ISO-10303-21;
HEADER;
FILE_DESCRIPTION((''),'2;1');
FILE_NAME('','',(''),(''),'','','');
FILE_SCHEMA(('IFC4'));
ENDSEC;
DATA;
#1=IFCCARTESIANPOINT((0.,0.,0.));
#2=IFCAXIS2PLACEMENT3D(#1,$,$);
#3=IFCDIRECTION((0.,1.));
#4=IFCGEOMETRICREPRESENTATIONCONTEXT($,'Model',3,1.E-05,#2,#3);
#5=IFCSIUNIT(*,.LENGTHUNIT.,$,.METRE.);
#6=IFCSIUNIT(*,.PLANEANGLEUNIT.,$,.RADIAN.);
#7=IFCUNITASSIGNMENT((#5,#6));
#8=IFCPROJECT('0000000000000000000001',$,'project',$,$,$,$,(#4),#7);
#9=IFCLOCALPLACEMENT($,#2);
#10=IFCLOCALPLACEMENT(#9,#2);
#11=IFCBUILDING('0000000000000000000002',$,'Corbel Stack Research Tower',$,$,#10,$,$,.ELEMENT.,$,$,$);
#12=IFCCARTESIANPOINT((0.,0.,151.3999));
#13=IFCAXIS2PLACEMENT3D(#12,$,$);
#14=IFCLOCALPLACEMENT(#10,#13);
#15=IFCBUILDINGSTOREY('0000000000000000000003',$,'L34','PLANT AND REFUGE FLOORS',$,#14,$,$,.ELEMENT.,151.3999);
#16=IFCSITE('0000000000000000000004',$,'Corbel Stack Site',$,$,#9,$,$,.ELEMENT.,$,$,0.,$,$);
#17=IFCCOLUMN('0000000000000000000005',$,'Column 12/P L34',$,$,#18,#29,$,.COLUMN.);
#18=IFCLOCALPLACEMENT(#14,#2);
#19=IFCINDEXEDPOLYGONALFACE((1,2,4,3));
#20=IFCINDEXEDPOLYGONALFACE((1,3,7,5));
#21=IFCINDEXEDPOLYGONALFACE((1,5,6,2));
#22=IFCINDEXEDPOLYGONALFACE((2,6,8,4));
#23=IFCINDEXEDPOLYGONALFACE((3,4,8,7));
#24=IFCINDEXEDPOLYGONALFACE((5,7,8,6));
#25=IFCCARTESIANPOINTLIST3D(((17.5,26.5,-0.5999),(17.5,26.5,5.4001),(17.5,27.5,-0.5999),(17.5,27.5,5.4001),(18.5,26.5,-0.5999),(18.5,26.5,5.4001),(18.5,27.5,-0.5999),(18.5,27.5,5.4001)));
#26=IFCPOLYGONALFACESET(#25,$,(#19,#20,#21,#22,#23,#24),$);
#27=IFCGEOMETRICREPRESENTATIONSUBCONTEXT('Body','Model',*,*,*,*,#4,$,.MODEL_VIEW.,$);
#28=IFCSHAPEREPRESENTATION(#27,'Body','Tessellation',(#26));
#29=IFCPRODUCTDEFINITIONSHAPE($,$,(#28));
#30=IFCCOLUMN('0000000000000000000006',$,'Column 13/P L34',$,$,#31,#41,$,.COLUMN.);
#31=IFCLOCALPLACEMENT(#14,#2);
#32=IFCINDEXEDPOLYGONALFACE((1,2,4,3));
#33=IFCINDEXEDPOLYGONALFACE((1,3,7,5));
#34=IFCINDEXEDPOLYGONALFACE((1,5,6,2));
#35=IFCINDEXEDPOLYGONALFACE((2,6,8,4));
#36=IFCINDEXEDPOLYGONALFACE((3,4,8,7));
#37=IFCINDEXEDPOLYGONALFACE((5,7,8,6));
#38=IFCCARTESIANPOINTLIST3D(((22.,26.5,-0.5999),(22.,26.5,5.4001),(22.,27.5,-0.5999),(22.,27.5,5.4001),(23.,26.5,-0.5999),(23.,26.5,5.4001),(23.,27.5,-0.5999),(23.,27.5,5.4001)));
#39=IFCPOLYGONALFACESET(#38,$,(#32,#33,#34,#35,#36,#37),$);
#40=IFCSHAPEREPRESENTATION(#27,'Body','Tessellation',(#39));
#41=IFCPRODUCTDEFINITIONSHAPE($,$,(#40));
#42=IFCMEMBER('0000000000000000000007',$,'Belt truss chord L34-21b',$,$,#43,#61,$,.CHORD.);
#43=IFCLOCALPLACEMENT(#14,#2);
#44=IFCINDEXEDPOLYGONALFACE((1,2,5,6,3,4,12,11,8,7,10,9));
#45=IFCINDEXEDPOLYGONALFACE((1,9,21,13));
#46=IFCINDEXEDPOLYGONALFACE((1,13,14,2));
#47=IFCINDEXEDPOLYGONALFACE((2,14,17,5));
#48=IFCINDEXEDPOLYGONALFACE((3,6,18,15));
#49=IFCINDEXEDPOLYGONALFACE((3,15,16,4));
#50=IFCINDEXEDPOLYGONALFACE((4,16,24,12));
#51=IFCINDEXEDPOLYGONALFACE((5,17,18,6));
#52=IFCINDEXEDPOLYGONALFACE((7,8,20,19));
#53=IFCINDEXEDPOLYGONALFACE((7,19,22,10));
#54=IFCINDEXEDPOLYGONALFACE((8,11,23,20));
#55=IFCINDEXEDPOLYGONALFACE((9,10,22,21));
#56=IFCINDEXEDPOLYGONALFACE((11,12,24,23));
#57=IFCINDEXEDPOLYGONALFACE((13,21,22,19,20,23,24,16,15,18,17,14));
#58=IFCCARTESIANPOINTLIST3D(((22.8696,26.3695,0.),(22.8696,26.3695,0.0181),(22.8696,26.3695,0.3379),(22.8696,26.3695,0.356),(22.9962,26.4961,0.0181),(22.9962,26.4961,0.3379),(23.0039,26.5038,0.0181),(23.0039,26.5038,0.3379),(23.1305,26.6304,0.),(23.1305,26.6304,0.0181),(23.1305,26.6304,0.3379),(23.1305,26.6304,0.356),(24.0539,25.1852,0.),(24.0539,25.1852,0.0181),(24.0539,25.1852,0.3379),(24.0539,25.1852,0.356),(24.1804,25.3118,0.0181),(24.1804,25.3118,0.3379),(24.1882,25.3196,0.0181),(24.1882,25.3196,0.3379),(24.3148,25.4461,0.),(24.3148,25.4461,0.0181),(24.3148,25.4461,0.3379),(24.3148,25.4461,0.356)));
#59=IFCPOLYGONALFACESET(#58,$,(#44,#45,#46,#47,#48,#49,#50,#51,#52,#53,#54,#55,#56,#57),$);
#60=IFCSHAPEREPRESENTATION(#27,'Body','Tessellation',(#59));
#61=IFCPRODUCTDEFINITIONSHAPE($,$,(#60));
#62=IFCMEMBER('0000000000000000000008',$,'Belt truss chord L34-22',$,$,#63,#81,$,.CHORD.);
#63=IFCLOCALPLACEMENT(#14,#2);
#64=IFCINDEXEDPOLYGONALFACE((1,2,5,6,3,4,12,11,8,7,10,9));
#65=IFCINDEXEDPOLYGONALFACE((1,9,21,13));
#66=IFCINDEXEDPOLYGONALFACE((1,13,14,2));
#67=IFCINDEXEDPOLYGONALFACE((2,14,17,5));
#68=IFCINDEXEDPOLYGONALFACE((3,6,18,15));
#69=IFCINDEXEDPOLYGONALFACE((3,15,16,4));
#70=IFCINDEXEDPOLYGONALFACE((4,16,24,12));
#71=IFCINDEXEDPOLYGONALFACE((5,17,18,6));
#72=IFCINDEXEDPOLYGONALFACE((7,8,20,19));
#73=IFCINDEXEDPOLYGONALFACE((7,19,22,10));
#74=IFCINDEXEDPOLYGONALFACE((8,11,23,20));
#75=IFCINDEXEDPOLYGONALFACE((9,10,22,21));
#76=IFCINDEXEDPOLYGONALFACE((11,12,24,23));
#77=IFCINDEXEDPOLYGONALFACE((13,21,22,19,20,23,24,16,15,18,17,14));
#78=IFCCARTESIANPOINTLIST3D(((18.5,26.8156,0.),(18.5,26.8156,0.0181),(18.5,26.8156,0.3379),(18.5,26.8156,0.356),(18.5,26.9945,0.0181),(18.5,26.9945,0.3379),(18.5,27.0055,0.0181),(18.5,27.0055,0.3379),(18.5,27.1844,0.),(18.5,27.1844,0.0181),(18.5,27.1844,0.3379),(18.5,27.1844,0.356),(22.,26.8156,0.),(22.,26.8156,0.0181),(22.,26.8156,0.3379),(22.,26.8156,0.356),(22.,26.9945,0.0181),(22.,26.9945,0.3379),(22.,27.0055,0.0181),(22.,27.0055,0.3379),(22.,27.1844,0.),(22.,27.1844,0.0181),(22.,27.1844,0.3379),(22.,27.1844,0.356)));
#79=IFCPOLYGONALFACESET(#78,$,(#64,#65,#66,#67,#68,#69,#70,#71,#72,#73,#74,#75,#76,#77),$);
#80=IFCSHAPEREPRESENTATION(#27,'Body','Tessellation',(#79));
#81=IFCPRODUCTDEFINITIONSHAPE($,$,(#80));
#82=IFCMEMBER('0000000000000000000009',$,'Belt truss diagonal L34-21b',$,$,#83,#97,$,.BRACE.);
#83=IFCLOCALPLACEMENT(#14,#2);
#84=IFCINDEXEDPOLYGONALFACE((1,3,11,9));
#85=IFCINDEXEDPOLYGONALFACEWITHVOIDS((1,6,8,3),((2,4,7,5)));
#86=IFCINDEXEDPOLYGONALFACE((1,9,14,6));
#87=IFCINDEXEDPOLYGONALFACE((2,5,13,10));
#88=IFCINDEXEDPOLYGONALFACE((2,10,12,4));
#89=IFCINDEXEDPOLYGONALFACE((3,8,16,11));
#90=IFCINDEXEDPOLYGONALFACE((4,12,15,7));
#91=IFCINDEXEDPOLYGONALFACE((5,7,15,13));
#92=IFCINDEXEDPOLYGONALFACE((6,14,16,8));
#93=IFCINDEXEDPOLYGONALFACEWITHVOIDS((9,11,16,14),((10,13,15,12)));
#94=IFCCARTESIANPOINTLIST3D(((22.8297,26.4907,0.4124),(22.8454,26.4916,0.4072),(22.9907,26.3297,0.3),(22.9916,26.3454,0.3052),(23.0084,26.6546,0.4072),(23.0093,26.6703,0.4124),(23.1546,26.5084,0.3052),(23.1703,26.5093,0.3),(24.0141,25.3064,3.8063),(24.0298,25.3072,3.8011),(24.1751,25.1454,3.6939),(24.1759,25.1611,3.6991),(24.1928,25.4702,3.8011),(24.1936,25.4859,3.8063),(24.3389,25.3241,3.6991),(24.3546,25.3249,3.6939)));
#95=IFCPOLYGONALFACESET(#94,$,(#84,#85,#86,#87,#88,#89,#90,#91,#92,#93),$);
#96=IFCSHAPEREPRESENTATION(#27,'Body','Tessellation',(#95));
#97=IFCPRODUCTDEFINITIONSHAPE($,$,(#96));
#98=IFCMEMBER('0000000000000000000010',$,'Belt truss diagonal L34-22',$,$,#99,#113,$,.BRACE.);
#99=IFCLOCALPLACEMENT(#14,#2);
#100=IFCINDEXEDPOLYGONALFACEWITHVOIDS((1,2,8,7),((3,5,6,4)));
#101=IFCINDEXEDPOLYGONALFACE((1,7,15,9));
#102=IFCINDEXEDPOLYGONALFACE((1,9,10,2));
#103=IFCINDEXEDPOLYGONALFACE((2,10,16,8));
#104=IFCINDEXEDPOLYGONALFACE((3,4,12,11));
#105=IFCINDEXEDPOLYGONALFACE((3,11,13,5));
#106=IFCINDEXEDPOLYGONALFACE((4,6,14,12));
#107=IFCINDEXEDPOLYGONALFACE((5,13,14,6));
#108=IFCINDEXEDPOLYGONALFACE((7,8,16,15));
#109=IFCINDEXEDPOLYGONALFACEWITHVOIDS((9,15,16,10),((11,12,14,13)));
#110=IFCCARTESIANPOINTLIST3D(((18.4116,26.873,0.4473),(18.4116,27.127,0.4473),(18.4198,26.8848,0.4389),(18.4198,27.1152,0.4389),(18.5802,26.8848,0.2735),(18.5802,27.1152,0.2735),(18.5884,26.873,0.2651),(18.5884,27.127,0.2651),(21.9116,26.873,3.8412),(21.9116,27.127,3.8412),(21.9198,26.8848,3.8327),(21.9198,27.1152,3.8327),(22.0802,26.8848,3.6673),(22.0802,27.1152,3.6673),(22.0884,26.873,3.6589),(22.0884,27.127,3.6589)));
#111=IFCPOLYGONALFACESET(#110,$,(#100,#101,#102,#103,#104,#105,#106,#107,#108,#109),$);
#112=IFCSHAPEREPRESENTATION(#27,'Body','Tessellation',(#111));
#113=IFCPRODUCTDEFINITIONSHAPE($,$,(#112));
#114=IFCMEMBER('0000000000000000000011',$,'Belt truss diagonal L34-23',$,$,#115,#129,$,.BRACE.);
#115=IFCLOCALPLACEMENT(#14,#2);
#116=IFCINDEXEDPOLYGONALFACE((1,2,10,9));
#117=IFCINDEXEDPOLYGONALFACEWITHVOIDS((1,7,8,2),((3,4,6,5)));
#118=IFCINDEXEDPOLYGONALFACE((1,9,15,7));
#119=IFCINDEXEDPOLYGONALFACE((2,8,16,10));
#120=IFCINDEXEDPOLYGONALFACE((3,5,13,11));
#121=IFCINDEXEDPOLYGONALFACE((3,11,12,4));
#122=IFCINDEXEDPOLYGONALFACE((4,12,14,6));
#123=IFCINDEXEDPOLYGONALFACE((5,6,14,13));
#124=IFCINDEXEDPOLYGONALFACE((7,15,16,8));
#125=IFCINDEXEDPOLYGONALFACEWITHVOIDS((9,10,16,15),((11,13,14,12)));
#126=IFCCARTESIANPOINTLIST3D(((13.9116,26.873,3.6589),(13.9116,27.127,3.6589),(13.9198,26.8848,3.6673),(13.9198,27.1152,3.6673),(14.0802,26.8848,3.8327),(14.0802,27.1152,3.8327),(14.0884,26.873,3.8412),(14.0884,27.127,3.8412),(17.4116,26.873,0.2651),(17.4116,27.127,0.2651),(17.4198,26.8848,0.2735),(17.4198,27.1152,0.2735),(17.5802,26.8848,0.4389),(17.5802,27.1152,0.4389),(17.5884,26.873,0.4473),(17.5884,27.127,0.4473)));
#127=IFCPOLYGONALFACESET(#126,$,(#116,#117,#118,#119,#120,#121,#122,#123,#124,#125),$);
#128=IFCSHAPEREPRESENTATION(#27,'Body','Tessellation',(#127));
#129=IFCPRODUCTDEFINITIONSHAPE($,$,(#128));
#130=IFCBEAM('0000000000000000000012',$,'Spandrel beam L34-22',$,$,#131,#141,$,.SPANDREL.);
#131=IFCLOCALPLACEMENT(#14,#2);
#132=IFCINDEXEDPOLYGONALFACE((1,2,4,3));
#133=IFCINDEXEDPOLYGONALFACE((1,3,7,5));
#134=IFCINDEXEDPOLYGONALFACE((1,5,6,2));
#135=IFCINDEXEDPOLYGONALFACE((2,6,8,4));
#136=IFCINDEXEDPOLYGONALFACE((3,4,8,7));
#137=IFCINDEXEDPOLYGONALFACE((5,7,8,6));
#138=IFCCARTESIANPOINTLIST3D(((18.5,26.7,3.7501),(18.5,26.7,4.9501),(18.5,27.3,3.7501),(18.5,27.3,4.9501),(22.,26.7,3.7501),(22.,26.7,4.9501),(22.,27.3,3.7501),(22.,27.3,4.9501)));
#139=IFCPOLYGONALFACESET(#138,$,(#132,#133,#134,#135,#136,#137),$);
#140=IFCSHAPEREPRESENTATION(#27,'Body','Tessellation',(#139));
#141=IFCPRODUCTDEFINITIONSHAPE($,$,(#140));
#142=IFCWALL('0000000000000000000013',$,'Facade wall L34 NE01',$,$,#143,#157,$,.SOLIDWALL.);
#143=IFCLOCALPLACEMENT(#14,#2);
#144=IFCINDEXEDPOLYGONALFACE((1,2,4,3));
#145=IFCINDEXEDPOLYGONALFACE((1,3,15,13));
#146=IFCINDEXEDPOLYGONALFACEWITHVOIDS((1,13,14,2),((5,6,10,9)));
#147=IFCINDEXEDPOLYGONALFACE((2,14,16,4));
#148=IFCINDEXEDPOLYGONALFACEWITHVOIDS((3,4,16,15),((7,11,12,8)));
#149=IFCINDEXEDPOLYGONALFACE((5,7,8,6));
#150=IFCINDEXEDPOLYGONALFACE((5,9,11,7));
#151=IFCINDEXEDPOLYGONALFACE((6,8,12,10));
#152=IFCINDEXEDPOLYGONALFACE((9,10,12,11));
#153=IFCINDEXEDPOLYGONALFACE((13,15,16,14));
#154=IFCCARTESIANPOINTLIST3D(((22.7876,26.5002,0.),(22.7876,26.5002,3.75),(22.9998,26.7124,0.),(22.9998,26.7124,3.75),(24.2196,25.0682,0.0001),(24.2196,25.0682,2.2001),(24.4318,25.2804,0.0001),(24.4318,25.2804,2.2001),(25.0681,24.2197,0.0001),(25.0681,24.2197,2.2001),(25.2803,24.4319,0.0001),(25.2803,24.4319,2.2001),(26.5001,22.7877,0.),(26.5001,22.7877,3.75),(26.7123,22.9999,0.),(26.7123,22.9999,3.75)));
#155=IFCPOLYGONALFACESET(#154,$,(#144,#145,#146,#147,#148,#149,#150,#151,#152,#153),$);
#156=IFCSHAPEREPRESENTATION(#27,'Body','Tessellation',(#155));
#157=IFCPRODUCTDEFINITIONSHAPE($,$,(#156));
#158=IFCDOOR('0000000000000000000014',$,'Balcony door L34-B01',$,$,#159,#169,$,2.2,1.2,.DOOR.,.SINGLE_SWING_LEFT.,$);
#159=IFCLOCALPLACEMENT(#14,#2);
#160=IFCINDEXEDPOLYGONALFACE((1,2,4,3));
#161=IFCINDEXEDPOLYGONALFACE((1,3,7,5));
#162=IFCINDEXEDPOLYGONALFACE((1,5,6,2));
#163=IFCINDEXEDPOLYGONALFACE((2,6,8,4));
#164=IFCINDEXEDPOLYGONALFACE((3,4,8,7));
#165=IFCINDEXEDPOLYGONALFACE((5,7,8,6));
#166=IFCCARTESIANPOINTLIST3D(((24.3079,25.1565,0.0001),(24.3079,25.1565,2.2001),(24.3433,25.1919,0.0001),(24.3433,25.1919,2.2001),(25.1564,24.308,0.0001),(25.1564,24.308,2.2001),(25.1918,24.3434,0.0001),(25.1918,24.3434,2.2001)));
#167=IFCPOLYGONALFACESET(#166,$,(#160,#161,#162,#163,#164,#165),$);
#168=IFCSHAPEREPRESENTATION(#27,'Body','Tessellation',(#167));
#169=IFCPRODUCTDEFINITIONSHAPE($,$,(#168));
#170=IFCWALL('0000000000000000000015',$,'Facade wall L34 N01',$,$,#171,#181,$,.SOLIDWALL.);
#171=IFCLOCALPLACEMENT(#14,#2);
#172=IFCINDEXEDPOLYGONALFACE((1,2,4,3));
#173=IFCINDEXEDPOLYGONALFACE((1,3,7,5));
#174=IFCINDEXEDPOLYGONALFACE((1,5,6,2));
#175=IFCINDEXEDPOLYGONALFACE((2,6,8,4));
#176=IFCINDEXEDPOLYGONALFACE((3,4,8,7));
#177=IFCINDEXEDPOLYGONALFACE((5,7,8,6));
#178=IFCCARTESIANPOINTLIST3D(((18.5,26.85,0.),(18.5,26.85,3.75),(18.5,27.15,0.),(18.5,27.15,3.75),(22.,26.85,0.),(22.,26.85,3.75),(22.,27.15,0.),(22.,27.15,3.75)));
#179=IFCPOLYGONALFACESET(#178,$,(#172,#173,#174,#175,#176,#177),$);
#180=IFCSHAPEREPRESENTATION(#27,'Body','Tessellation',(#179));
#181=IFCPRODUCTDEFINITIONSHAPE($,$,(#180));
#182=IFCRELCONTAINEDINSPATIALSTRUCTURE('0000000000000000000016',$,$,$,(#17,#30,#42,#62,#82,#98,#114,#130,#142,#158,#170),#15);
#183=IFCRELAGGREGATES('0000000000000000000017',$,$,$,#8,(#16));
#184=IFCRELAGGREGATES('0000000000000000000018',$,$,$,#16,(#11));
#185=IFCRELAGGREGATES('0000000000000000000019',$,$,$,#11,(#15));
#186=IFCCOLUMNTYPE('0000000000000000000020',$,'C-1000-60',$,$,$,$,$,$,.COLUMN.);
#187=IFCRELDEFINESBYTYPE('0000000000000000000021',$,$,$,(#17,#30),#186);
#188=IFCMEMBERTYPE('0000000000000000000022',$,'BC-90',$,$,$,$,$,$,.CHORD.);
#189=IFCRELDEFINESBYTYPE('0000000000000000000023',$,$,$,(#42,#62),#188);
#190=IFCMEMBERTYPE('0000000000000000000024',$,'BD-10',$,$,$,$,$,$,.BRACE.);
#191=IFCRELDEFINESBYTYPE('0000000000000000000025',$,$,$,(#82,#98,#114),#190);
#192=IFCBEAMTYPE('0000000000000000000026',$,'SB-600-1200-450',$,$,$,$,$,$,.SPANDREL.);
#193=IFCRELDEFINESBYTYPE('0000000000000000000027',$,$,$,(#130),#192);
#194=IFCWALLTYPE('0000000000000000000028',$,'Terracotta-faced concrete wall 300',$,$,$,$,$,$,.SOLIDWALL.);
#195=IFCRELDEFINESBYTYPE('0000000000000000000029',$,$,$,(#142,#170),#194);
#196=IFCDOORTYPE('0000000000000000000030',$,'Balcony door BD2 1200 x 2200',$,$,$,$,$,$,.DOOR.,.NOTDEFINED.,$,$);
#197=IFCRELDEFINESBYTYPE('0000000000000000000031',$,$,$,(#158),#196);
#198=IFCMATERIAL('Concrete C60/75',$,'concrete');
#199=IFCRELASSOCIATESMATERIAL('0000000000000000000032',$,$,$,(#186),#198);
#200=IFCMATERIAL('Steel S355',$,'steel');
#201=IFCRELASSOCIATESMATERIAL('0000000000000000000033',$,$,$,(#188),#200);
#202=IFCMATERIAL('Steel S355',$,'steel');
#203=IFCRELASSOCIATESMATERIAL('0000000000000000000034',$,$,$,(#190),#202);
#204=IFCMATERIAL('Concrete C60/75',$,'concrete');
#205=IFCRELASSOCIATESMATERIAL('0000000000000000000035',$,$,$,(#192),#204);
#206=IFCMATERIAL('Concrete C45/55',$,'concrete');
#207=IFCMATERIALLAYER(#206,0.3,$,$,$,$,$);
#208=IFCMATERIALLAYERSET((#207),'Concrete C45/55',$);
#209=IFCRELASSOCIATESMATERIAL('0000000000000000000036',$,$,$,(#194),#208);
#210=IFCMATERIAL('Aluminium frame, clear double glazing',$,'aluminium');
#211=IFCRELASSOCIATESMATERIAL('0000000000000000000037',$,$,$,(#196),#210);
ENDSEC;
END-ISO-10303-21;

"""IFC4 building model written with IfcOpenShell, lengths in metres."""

from ifc_helpers import new_model, si_unit, direction, frame, frame_2d, origin, origin_2d, place, context, subcontext, project, spatial, rectangle, hollow_rectangle, i_section, extrude, material, layer, layer_set, material_profile, profile_set, type_object, element, fill, save


model = new_model("IFC4")

# Units and contexts
model_context = context("Model", 3, precision=1e-05, world=origin(), true_north=direction((0.0, 1.0)))
body_context = subcontext(model_context, "Body", "Model", "MODEL_VIEW")
ifc_project = project(units=[si_unit("LENGTHUNIT", "METRE"), si_unit("PLANEANGLEUNIT", "RADIAN")], contexts=[model_context])

# Site, building, storey
site_placement = place(None, origin())
site = spatial("IfcSite", under=ifc_project, at=site_placement, Name="Corbel Stack Site", CompositionType="ELEMENT", RefElevation=0.0)
building_placement = place(site_placement, origin())
building = spatial("IfcBuilding", under=site, at=building_placement, Name="Corbel Stack Research Tower", CompositionType="ELEMENT")
storey_placement = place(building_placement, frame((0.0, 0.0, 151.3999)))
storey = spatial("IfcBuildingStorey", under=building, at=storey_placement, Name="L34", Description="PLANT AND REFUGE FLOORS", CompositionType="ELEMENT", Elevation=151.3999)

# Columns
ifc_material_1 = material(Name="Concrete C60/75", Category="concrete")
ifc_material_profile_1 = material_profile(ifc_material_1, rectangle(XDim=1.0, YDim=1.0, at=origin_2d()), Name="RC 1000 x 1000")
ifc_profile_set_1 = profile_set([ifc_material_profile_1], Name="Concrete C60/75")
column_type = type_object("IfcColumnType", Name="C-1000-60", PredefinedType="COLUMN", material=ifc_profile_set_1)
for number, where, z_axis, x_axis, name in (
    (1, (18.0, 27.0, -0.5999), (0.0, 0.0, 1.0), (1.0, 0.0, 0.0), "Column 12/P L34"),
    (2, (22.5, 27.0, -0.5999), (0.0, 0.0, 1.0), (1.0, 0.0, 0.0), "Column 13/P L34"),
):
    element("IfcColumn", number, at=place(storey_placement, frame(where, z_axis=z_axis, x_axis=x_axis)), inside=storey, type_object=column_type, Name=name, PredefinedType="COLUMN", context=body_context, shape_type="SweptSolid", body=[
        extrude(rectangle(XDim=1.0, YDim=1.0, at=origin_2d()), origin(), (0.0, 0.0, 1.0), 6.0),
    ])

# Members
ifc_material_2 = material(Name="Steel S355", Category="steel")
ifc_material_profile_2 = material_profile(ifc_material_2, i_section(OverallWidth=0.3689, OverallDepth=0.356, WebThickness=0.011, FlangeThickness=0.0181, at=origin_2d()), Name="W14x90")
ifc_profile_set_2 = profile_set([ifc_material_profile_2], Name="Steel S355")
member_type_1 = type_object("IfcMemberType", Name="BC-90", PredefinedType="CHORD", material=ifc_profile_set_2)
member_1_placement = place(storey_placement, frame((24.1843, 25.3157, 0.178), z_axis=(-0.707107, 0.707107, 0.0), x_axis=(-0.707107, -0.707107, 0.0)))
element("IfcMember", 3, at=member_1_placement, inside=storey, type_object=member_type_1, Name="Belt truss chord L34-21b", PredefinedType="CHORD", context=body_context, shape_type="SweptSolid", body=[
    extrude(i_section(OverallWidth=0.3689, OverallDepth=0.356, WebThickness=0.011, FlangeThickness=0.0181, at=origin_2d()), origin(), (0.0, 0.0, 1.0), 1.6748),
])
member_2_placement = place(storey_placement, frame((22.0, 27.0, 0.178), z_axis=(-1.0, 0.0, 0.0), x_axis=(0.0, -1.0, 0.0)))
element("IfcMember", 4, at=member_2_placement, inside=storey, type_object=member_type_1, Name="Belt truss chord L34-22", PredefinedType="CHORD", context=body_context, shape_type="SweptSolid", body=[
    extrude(i_section(OverallWidth=0.3689, OverallDepth=0.356, WebThickness=0.011, FlangeThickness=0.0181, at=origin_2d()), origin(), (0.0, 0.0, 1.0), 3.5),
])
ifc_material_3 = material(Name="Steel S355", Category="steel")
ifc_material_profile_3 = material_profile(ifc_material_3, hollow_rectangle(XDim=0.2539, YDim=0.2539, WallThickness=0.0117, at=origin_2d()), Name="HSS10x10x1/2")
ifc_profile_set_3 = profile_set([ifc_material_profile_3], Name="Steel S355")
member_type_2 = type_object("IfcMemberType", Name="BD-10", PredefinedType="BRACE", material=ifc_profile_set_3)
member_3_placement = place(storey_placement, frame((23.0, 26.5, 0.3562), z_axis=(0.312934, -0.312934, 0.896741), x_axis=(0.707107, 0.707107, 0.0)))
element("IfcMember", 5, at=member_3_placement, inside=storey, type_object=member_type_2, Name="Belt truss diagonal L34-21b", PredefinedType="BRACE", context=body_context, shape_type="SweptSolid", body=[
    extrude(hollow_rectangle(XDim=0.2539, YDim=0.2539, WallThickness=0.0117, at=origin_2d()), origin(), (0.0, 0.0, 1.0), 3.7847),
])
for number, where, z_axis, x_axis, name in (
    (6, (18.5, 27.0, 0.3562), (0.717915, 0.0, 0.696131), (0.0, 1.0, 0.0), "Belt truss diagonal L34-22"),
    (7, (17.5, 27.0, 0.3562), (-0.717915, 0.0, 0.696131), (0.0, -1.0, 0.0), "Belt truss diagonal L34-23"),
):
    element("IfcMember", number, at=place(storey_placement, frame(where, z_axis=z_axis, x_axis=x_axis)), inside=storey, type_object=member_type_2, Name=name, PredefinedType="BRACE", context=body_context, shape_type="SweptSolid", body=[
        extrude(hollow_rectangle(XDim=0.2539, YDim=0.2539, WallThickness=0.0117, at=origin_2d()), origin(), (0.0, 0.0, 1.0), 4.8752),
    ])

# Beam
ifc_material_4 = material(Name="Concrete C60/75", Category="concrete")
ifc_material_profile_4 = material_profile(ifc_material_4, rectangle(XDim=0.6001, YDim=1.2, at=origin_2d()), Name="RC 600 x 1200")
ifc_profile_set_4 = profile_set([ifc_material_profile_4], Name="Concrete C60/75")
beam_type = type_object("IfcBeamType", Name="SB-600-1200-450", PredefinedType="SPANDREL", material=ifc_profile_set_4)
beam_placement = place(storey_placement, frame((22.0, 27.0, 4.3501), z_axis=(-1.0, 0.0, 0.0), x_axis=(0.0, -1.0, 0.0)))
element("IfcBeam", 8, at=beam_placement, inside=storey, type_object=beam_type, Name="Spandrel beam L34-22", PredefinedType="SPANDREL", context=body_context, shape_type="SweptSolid", body=[
    extrude(rectangle(XDim=0.6001, YDim=1.2, at=origin_2d()), origin(), (0.0, 0.0, 1.0), 3.5),
])

# Wall, opening, door
ifc_material_5 = material(Name="Concrete C45/55", Category="concrete")
ifc_layer_1 = layer(ifc_material_5, 0.3)
ifc_layer_set_1 = layer_set([ifc_layer_1], Name="Concrete C45/55")
wall_type = type_object("IfcWallType", Name="Terracotta-faced concrete wall 300", PredefinedType="SOLIDWALL", material=ifc_layer_set_1)
wall_1_placement = place(storey_placement, frame((22.8938, 26.6062, 0.0), z_axis=(0.0, 0.0, 1.0), x_axis=(0.707107, -0.707107, 0.0)))
wall_1 = element("IfcWall", 9, at=wall_1_placement, inside=storey, type_object=wall_type, Name="Facade wall L34 NE01", PredefinedType="SOLIDWALL", context=body_context, shape_type="SweptSolid", body=[
    extrude(rectangle(XDim=5.2502, YDim=0.3, at=frame_2d((2.625, 0.0))), origin(), (0.0, 0.0, 1.0), 3.75),
])
opening_placement = place(wall_1_placement, frame((2.0249, 0.0, 0.0)))
opening = element("IfcOpeningElement", 10, at=opening_placement, cuts=wall_1, PredefinedType="OPENING", context=body_context, shape_type="SweptSolid", body=[
    extrude(rectangle(XDim=1.2, YDim=2.2, at=frame_2d((0.6001, 1.1001))), frame((0.0, 0.1599, 0.0), z_axis=(0.0, -1.0, 0.0), x_axis=(1.0, 0.0, 0.0)), (0.0, 0.0, 1.0), 0.3201),
])
ifc_material_6 = material(Name="Aluminium frame, clear double glazing", Category="aluminium")
door_type = type_object("IfcDoorType", Name="Balcony door BD2 1200 x 2200", OperationType="NOTDEFINED", PredefinedType="DOOR", material=ifc_material_6)
door_placement = place(opening_placement, origin())
door = element("IfcDoor", 11, at=door_placement, inside=storey, type_object=door_type, Name="Balcony door L34-B01", OperationType="SINGLE_SWING_LEFT", OverallHeight=2.2, OverallWidth=1.2, PredefinedType="DOOR", context=body_context, shape_type="SweptSolid", body=[
    extrude(rectangle(XDim=1.2, YDim=2.2, at=frame_2d((0.6001, 1.1001))), frame((0.0, 0.0249, 0.0), z_axis=(0.0, -1.0, 0.0), x_axis=(1.0, 0.0, 0.0)), (0.0, 0.0, 1.0), 0.05),
])
fill(opening, door)

# Wall
wall_2_placement = place(storey_placement, frame((18.5, 27.0, 0.0), z_axis=(0.0, 0.0, 1.0), x_axis=(1.0, 0.0, 0.0)))
element("IfcWall", 12, at=wall_2_placement, inside=storey, type_object=wall_type, Name="Facade wall L34 N01", PredefinedType="SOLIDWALL", context=body_context, shape_type="SweptSolid", body=[
    extrude(rectangle(XDim=3.5, YDim=0.3, at=frame_2d((1.75, 0.0))), origin(), (0.0, 0.0, 1.0), 3.75),
])

save(model, "model.ifc")
